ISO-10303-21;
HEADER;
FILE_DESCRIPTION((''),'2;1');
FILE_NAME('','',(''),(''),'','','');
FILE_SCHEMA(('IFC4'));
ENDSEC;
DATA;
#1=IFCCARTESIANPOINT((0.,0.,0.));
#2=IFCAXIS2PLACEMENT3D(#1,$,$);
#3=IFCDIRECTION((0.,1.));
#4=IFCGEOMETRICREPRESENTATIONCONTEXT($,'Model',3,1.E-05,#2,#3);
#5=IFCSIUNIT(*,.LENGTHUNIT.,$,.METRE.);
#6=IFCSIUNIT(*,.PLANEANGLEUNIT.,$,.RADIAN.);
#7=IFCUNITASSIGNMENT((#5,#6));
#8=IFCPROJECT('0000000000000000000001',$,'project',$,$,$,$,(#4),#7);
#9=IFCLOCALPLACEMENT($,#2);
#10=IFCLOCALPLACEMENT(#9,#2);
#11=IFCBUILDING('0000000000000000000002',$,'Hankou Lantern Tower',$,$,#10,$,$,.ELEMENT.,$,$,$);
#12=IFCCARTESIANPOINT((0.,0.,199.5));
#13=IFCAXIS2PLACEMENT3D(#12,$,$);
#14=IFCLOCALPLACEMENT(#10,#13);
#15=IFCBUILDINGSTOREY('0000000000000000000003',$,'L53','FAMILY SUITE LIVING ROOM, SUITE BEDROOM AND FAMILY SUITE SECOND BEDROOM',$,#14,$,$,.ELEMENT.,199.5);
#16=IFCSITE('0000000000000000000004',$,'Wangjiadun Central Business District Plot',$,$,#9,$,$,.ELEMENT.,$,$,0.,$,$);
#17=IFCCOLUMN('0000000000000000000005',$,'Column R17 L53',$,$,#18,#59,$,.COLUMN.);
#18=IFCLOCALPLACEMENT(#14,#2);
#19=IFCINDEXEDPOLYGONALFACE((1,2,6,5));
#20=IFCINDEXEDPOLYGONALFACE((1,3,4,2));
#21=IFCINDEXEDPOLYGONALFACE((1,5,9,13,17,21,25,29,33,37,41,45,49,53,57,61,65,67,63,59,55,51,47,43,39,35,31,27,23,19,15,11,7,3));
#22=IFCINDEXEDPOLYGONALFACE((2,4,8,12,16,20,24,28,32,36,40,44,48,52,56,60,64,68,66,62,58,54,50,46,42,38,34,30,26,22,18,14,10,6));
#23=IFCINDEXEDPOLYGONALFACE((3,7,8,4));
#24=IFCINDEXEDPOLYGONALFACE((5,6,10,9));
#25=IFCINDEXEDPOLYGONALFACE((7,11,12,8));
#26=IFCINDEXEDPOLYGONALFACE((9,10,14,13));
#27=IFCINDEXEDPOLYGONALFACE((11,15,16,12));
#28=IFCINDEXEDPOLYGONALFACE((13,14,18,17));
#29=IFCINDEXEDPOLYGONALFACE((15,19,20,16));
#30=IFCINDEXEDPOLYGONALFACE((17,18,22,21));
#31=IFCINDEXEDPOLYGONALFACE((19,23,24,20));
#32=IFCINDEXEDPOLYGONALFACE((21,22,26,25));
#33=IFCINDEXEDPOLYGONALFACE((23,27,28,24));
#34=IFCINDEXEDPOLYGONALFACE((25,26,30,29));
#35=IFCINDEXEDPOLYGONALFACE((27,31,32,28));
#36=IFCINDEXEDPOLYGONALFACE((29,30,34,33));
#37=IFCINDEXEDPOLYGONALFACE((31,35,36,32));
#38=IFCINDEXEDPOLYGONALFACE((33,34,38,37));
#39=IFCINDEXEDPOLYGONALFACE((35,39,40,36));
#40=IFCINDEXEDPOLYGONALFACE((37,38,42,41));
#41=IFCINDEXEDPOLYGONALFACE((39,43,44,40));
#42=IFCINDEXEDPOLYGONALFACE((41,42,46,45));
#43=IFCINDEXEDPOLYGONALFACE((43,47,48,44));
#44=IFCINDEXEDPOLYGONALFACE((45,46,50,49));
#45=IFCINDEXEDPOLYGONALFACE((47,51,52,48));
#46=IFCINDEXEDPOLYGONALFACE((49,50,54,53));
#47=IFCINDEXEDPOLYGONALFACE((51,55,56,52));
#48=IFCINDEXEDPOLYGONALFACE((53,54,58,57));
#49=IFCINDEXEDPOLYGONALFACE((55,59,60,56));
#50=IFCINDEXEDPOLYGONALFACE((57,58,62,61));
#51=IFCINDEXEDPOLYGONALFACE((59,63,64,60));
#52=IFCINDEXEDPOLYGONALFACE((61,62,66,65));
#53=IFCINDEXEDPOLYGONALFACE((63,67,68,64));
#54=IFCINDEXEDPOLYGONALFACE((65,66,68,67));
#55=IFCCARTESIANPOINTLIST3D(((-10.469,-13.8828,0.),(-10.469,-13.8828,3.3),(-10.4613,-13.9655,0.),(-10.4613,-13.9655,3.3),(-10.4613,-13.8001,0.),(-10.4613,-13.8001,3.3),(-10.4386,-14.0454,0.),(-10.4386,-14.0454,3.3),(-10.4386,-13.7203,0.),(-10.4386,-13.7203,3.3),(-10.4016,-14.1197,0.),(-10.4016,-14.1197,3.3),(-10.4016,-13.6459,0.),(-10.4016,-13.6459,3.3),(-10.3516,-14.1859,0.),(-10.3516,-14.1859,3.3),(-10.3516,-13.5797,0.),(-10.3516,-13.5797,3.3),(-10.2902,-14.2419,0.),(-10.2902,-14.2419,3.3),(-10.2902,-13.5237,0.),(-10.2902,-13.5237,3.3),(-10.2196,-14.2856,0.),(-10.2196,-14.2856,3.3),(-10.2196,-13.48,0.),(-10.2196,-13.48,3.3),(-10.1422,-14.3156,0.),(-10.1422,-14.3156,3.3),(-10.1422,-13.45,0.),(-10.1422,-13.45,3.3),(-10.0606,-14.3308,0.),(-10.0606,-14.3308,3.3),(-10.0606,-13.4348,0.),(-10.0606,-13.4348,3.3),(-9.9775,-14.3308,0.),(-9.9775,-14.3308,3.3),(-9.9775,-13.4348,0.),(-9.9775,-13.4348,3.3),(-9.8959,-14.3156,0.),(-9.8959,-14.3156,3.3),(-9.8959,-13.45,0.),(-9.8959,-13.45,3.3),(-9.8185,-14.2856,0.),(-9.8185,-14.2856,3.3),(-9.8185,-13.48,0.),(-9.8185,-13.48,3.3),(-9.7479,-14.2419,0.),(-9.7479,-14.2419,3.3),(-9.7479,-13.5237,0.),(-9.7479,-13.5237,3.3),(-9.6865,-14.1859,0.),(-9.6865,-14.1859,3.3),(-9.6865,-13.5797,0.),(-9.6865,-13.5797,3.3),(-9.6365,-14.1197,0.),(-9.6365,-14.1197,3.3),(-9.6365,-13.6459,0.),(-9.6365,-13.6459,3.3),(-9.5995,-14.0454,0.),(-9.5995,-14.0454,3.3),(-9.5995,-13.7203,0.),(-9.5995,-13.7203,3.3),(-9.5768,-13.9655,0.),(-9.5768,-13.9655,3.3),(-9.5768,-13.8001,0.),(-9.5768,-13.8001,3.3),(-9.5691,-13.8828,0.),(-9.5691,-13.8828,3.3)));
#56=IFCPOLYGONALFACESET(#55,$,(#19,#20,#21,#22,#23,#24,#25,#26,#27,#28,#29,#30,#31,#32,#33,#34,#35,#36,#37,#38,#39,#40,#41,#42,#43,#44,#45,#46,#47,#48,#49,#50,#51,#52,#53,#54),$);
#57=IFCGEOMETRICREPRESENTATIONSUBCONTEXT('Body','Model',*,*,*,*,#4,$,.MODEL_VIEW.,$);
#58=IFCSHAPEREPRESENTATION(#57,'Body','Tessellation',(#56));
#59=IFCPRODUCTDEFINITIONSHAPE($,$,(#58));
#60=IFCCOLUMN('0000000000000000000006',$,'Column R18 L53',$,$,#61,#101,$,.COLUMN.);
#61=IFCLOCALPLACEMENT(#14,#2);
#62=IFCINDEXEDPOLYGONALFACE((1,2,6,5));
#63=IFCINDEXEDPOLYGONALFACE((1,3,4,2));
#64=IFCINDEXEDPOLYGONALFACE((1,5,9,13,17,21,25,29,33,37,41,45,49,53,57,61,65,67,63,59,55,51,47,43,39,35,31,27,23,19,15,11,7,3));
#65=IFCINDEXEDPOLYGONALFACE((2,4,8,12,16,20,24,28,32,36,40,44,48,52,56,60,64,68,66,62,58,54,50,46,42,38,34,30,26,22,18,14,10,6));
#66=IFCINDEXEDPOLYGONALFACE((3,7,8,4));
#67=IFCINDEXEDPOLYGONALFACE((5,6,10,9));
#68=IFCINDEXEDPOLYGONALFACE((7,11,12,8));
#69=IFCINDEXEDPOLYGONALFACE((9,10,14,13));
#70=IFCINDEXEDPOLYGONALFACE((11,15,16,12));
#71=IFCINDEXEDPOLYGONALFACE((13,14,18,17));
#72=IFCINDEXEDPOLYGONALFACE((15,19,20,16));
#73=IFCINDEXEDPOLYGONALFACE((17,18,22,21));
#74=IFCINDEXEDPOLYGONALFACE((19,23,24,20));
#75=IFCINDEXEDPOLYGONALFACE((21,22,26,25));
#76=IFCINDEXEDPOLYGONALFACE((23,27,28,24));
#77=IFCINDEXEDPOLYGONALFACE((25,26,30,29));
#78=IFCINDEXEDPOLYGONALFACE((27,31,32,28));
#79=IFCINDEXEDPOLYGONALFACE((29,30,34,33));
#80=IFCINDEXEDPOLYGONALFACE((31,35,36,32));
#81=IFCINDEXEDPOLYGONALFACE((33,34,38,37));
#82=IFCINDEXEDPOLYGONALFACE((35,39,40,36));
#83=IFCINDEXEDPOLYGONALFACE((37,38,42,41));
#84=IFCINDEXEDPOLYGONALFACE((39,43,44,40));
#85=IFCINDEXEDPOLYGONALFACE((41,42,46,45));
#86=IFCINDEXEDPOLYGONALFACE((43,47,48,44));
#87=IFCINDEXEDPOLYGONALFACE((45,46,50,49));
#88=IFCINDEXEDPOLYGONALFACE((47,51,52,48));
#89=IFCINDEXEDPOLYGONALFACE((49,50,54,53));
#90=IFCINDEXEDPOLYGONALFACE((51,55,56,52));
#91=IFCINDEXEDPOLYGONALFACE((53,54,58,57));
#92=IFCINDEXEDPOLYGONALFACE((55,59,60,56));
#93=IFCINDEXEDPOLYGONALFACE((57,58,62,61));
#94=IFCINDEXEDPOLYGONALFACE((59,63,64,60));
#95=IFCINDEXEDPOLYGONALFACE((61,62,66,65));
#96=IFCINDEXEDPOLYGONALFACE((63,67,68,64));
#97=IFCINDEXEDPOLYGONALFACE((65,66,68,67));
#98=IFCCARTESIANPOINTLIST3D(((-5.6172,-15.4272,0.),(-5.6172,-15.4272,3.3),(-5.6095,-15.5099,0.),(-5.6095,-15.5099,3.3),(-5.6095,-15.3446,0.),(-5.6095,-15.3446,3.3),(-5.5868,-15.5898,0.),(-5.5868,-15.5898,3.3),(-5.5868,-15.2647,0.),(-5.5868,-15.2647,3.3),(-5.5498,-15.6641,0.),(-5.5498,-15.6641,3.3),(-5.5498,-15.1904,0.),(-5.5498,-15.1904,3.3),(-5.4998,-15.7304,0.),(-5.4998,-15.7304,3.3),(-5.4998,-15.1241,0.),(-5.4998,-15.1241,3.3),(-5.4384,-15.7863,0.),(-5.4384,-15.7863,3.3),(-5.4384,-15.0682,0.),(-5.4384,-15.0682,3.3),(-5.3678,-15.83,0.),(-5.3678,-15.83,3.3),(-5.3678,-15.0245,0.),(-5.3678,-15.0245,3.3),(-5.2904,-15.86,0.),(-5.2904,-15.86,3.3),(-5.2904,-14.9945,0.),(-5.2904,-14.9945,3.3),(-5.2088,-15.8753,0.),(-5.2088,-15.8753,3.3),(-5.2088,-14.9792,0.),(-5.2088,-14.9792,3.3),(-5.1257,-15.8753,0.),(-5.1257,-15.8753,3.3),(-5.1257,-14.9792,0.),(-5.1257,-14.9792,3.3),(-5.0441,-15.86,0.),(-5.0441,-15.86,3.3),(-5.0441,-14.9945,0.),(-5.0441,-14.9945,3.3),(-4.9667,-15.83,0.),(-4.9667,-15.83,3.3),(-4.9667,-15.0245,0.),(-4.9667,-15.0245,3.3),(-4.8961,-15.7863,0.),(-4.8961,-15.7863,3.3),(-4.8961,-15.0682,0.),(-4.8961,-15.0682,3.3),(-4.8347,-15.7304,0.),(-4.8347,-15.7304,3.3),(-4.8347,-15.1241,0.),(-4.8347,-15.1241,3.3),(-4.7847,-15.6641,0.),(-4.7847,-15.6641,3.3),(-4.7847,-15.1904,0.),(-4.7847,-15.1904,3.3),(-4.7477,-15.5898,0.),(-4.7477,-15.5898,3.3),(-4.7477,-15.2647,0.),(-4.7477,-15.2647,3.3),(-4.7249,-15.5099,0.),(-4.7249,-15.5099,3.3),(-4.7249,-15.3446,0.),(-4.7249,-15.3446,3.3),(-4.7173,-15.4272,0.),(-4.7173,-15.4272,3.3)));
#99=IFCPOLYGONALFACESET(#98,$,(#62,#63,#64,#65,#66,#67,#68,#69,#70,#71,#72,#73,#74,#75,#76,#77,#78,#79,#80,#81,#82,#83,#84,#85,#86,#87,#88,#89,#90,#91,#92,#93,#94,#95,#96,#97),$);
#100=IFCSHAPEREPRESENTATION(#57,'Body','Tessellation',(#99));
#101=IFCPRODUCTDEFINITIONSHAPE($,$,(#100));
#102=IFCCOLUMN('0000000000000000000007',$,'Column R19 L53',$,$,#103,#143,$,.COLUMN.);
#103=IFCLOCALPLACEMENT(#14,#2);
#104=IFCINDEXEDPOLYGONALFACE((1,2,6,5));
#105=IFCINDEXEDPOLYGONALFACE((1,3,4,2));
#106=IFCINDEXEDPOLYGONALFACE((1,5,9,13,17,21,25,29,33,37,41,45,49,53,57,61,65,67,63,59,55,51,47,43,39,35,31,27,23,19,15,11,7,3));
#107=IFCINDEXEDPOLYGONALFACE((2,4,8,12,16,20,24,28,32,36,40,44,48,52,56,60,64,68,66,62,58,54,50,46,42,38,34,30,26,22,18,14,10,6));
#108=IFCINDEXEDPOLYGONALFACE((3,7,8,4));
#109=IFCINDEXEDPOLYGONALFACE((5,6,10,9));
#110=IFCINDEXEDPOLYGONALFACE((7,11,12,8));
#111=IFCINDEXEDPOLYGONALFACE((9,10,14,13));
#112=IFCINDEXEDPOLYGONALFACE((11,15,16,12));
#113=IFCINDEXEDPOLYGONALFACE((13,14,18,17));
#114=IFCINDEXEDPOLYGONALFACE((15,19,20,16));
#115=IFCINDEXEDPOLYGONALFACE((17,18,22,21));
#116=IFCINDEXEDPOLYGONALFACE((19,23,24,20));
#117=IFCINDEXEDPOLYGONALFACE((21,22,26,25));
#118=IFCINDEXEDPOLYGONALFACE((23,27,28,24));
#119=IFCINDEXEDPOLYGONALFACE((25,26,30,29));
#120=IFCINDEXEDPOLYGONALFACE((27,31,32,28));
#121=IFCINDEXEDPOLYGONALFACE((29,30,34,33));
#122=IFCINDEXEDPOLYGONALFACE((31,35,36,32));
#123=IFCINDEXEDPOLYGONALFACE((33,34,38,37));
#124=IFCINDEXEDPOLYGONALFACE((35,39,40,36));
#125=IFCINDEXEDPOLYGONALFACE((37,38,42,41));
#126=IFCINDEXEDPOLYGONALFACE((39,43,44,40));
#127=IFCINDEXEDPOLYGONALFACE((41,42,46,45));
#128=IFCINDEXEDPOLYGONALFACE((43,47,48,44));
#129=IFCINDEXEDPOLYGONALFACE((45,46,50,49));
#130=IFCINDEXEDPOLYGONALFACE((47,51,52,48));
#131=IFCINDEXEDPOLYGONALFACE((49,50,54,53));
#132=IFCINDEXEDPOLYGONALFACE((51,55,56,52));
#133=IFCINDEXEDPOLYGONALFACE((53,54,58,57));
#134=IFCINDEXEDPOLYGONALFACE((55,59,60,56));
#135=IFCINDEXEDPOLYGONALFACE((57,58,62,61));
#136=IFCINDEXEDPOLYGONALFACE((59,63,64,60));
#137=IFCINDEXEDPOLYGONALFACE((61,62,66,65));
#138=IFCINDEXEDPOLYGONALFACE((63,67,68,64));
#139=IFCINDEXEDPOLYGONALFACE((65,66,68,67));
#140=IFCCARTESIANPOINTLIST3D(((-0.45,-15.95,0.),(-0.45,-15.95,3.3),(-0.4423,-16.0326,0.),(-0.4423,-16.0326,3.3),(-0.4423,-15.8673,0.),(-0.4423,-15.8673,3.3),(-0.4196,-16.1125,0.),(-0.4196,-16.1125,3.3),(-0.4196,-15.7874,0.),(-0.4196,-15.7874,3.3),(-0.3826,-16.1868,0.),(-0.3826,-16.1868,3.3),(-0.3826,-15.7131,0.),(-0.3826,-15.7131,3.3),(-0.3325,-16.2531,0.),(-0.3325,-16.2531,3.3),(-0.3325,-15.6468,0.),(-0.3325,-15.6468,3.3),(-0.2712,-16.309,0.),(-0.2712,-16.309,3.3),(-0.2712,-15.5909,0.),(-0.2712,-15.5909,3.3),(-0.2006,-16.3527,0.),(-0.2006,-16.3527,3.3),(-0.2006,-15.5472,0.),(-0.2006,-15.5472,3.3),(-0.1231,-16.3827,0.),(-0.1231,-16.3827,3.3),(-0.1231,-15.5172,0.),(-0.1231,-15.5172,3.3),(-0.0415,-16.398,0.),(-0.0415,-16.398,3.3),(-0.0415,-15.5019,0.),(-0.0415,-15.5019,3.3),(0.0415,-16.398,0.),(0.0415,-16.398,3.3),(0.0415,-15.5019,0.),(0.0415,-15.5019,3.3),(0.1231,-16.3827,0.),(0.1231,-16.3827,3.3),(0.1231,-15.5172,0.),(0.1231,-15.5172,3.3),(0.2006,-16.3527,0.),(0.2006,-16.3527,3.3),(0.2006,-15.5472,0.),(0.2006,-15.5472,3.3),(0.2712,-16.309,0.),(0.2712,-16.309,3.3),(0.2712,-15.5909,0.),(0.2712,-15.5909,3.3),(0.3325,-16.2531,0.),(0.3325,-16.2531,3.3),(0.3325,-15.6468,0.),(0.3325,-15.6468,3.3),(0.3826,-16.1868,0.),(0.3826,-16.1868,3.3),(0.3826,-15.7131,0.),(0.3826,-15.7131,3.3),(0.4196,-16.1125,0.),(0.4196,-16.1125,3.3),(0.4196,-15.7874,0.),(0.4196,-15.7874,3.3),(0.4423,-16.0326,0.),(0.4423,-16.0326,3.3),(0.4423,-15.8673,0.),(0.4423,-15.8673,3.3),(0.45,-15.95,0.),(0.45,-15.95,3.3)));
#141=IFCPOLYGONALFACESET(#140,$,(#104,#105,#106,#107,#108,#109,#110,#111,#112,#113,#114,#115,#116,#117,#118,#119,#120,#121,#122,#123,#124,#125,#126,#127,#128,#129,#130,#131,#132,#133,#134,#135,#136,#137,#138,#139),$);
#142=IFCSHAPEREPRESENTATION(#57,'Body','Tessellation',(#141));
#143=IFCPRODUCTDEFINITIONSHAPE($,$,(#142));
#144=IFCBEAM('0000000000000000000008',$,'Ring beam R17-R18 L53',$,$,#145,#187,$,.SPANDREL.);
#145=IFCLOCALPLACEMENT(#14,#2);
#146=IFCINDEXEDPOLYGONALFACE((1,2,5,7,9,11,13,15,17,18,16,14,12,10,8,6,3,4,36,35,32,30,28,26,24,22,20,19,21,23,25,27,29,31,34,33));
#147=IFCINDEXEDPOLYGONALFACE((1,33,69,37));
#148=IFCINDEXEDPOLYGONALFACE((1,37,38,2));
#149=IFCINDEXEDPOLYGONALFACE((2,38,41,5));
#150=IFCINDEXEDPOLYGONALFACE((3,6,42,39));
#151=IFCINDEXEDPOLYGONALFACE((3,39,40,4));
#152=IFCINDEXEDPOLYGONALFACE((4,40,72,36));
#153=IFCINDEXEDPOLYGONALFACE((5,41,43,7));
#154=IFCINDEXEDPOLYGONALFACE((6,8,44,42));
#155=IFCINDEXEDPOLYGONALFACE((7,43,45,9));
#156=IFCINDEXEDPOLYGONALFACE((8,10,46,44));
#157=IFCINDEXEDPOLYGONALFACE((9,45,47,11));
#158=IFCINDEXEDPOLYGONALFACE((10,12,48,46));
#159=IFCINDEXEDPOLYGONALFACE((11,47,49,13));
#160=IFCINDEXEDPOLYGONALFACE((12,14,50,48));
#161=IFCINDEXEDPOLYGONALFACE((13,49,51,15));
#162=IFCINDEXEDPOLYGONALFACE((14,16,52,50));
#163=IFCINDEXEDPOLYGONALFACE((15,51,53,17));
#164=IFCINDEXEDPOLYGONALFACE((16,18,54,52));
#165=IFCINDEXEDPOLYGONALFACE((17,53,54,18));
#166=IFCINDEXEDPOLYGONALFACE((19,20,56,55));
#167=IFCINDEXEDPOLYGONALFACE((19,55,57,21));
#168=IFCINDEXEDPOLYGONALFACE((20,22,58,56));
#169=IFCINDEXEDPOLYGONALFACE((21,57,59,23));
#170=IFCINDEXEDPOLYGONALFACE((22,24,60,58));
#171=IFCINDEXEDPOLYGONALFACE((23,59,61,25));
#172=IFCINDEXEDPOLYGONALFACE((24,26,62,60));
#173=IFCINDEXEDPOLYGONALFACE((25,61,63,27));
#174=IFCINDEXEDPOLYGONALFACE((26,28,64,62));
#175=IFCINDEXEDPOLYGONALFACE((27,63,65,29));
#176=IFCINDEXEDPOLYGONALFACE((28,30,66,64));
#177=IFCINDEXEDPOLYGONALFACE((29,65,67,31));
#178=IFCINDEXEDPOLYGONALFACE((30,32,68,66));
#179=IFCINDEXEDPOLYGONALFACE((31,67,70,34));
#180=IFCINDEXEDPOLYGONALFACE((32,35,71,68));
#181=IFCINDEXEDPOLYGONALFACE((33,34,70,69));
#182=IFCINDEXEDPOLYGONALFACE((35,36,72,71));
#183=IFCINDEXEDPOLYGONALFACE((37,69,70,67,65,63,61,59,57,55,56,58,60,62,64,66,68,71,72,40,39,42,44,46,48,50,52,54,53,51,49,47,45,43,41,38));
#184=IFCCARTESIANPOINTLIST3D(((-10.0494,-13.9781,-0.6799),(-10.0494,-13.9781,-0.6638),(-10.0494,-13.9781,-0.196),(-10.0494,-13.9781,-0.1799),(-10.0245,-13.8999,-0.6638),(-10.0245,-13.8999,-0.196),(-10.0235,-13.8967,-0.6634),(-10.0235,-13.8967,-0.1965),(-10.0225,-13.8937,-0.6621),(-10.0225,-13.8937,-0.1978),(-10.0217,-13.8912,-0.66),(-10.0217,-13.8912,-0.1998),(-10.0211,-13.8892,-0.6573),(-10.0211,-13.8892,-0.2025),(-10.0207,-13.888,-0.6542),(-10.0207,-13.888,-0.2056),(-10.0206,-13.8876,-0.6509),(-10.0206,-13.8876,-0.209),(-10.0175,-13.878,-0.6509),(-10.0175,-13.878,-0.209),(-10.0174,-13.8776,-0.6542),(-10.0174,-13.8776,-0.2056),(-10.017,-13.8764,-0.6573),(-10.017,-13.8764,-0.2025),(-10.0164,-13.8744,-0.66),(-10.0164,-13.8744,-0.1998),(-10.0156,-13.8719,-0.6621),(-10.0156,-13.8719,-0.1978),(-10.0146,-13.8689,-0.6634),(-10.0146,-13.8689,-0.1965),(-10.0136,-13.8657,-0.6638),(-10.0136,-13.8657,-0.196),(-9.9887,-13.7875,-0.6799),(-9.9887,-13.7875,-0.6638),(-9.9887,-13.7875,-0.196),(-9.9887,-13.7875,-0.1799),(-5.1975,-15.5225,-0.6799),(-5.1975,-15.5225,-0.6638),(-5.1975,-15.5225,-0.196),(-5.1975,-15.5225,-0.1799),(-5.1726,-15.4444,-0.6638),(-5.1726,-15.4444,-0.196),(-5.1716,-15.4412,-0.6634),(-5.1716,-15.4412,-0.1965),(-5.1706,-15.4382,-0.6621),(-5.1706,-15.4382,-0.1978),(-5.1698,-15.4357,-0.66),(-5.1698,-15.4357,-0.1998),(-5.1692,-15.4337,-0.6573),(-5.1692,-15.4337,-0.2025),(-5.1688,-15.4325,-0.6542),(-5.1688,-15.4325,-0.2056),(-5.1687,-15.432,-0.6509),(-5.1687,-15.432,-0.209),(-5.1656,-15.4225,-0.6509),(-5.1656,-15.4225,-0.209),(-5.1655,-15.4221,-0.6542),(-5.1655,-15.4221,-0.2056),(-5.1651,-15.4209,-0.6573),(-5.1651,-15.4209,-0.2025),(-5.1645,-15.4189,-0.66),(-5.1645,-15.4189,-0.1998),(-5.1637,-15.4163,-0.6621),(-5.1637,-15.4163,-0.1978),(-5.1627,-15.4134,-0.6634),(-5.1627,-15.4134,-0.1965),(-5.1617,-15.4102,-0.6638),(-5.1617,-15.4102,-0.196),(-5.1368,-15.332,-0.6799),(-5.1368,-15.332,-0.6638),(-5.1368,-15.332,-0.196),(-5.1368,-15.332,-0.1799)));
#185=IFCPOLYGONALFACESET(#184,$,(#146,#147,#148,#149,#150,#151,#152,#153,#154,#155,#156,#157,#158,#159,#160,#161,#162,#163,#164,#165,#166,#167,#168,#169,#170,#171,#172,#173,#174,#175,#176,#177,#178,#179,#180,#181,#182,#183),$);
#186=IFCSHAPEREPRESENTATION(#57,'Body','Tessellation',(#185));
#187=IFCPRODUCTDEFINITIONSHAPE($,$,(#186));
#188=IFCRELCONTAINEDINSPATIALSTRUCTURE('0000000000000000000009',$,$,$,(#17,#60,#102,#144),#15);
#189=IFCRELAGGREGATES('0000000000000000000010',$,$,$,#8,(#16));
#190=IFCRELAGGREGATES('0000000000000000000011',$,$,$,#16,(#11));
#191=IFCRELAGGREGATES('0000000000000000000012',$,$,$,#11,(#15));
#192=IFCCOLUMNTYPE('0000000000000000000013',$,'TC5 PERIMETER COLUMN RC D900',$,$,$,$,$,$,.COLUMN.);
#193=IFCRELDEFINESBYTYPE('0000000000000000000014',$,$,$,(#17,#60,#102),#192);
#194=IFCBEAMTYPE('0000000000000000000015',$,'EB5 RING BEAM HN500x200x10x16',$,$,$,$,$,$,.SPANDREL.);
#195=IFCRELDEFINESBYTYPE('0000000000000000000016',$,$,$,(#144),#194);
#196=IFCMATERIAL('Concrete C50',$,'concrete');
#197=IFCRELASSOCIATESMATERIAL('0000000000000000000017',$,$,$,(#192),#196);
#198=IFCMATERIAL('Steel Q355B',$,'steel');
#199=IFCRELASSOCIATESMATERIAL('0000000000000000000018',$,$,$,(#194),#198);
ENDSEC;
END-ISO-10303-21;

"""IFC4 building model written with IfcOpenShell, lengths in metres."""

from ifc_helpers import new_model, si_unit, direction, frame, origin, origin_2d, place, context, subcontext, project, spatial, circle, i_section, extrude, material, material_profile, profile_set, type_object, element, save


model = new_model("IFC4")

# Units and contexts
model_context = context("Model", 3, precision=1e-05, world=origin(), true_north=direction((0.0, 1.0)))
body_context = subcontext(model_context, "Body", "Model", "MODEL_VIEW")
ifc_project = project(units=[si_unit("LENGTHUNIT", "METRE"), si_unit("PLANEANGLEUNIT", "RADIAN")], contexts=[model_context])

# Site, building, storey
site_placement = place(None, origin())
site = spatial("IfcSite", under=ifc_project, at=site_placement, Name="Wangjiadun Central Business District Plot", CompositionType="ELEMENT", RefElevation=0.0)
building_placement = place(site_placement, origin())
building = spatial("IfcBuilding", under=site, at=building_placement, Name="Hankou Lantern Tower", CompositionType="ELEMENT")
storey_placement = place(building_placement, frame((0.0, 0.0, 199.5)))
storey = spatial("IfcBuildingStorey", under=building, at=storey_placement, Name="L53", Description="FAMILY SUITE LIVING ROOM, SUITE BEDROOM AND FAMILY SUITE SECOND BEDROOM", CompositionType="ELEMENT", Elevation=199.5)

# Columns
ifc_material_1 = material(Name="Concrete C50", Category="concrete")
ifc_material_profile_1 = material_profile(ifc_material_1, circle(Radius=0.45, at=origin_2d()), Name="RC D900")
ifc_profile_set_1 = profile_set([ifc_material_profile_1], Name="Concrete C50")
column_type = type_object("IfcColumnType", Name="TC5 PERIMETER COLUMN RC D900", PredefinedType="COLUMN", material=ifc_profile_set_1)
for number, where, z_axis, x_axis, name in (
    (1, (-10.019, -13.8828, 0.0), (0.0, 0.0, 1.0), (1.0, 0.0, 0.0), "Column R17 L53"),
    (2, (-5.1672, -15.4272, 0.0), (0.0, 0.0, 1.0), (1.0, 0.0, 0.0), "Column R18 L53"),
    (3, (0.0, -15.95, 0.0), (0.0, 0.0, 1.0), (1.0, 0.0, 0.0), "Column R19 L53"),
):
    element("IfcColumn", number, at=place(storey_placement, frame(where, z_axis=z_axis, x_axis=x_axis)), inside=storey, type_object=column_type, Name=name, PredefinedType="COLUMN", context=body_context, shape_type="SweptSolid", body=[
        extrude(circle(Radius=0.45, at=origin_2d()), origin(), (0.0, 0.0, 1.0), 3.3),
    ])

# Beam
ifc_material_2 = material(Name="Steel Q355B", Category="steel")
ifc_material_profile_2 = material_profile(ifc_material_2, i_section(OverallWidth=0.2, OverallDepth=0.5, WebThickness=0.01, FlangeThickness=0.0161, FilletRadius=0.0129, at=origin_2d()), Name="HN500x200x10x16")
ifc_profile_set_2 = profile_set([ifc_material_profile_2], Name="Steel Q355B")
beam_type_1 = type_object("IfcBeamType", Name="EB5 RING BEAM HN500x200x10x16", PredefinedType="SPANDREL", material=ifc_profile_set_2)
beam_1_placement = place(storey_placement, frame((-10.019, -13.8828, -0.4299), z_axis=(0.952887, -0.303324, 0.0), x_axis=(0.303324, 0.952887, 0.0)))
element("IfcBeam", 4, at=beam_1_placement, inside=storey, type_object=beam_type_1, Name="Ring beam R17-R18 L53", PredefinedType="SPANDREL", context=body_context, shape_type="SweptSolid", body=[
    extrude(i_section(OverallWidth=0.2, OverallDepth=0.5, WebThickness=0.01, FlangeThickness=0.0161, FilletRadius=0.0129, at=origin_2d()), origin(), (0.0, 0.0, 1.0), 5.0918),
])

save(model, "model.ifc")
